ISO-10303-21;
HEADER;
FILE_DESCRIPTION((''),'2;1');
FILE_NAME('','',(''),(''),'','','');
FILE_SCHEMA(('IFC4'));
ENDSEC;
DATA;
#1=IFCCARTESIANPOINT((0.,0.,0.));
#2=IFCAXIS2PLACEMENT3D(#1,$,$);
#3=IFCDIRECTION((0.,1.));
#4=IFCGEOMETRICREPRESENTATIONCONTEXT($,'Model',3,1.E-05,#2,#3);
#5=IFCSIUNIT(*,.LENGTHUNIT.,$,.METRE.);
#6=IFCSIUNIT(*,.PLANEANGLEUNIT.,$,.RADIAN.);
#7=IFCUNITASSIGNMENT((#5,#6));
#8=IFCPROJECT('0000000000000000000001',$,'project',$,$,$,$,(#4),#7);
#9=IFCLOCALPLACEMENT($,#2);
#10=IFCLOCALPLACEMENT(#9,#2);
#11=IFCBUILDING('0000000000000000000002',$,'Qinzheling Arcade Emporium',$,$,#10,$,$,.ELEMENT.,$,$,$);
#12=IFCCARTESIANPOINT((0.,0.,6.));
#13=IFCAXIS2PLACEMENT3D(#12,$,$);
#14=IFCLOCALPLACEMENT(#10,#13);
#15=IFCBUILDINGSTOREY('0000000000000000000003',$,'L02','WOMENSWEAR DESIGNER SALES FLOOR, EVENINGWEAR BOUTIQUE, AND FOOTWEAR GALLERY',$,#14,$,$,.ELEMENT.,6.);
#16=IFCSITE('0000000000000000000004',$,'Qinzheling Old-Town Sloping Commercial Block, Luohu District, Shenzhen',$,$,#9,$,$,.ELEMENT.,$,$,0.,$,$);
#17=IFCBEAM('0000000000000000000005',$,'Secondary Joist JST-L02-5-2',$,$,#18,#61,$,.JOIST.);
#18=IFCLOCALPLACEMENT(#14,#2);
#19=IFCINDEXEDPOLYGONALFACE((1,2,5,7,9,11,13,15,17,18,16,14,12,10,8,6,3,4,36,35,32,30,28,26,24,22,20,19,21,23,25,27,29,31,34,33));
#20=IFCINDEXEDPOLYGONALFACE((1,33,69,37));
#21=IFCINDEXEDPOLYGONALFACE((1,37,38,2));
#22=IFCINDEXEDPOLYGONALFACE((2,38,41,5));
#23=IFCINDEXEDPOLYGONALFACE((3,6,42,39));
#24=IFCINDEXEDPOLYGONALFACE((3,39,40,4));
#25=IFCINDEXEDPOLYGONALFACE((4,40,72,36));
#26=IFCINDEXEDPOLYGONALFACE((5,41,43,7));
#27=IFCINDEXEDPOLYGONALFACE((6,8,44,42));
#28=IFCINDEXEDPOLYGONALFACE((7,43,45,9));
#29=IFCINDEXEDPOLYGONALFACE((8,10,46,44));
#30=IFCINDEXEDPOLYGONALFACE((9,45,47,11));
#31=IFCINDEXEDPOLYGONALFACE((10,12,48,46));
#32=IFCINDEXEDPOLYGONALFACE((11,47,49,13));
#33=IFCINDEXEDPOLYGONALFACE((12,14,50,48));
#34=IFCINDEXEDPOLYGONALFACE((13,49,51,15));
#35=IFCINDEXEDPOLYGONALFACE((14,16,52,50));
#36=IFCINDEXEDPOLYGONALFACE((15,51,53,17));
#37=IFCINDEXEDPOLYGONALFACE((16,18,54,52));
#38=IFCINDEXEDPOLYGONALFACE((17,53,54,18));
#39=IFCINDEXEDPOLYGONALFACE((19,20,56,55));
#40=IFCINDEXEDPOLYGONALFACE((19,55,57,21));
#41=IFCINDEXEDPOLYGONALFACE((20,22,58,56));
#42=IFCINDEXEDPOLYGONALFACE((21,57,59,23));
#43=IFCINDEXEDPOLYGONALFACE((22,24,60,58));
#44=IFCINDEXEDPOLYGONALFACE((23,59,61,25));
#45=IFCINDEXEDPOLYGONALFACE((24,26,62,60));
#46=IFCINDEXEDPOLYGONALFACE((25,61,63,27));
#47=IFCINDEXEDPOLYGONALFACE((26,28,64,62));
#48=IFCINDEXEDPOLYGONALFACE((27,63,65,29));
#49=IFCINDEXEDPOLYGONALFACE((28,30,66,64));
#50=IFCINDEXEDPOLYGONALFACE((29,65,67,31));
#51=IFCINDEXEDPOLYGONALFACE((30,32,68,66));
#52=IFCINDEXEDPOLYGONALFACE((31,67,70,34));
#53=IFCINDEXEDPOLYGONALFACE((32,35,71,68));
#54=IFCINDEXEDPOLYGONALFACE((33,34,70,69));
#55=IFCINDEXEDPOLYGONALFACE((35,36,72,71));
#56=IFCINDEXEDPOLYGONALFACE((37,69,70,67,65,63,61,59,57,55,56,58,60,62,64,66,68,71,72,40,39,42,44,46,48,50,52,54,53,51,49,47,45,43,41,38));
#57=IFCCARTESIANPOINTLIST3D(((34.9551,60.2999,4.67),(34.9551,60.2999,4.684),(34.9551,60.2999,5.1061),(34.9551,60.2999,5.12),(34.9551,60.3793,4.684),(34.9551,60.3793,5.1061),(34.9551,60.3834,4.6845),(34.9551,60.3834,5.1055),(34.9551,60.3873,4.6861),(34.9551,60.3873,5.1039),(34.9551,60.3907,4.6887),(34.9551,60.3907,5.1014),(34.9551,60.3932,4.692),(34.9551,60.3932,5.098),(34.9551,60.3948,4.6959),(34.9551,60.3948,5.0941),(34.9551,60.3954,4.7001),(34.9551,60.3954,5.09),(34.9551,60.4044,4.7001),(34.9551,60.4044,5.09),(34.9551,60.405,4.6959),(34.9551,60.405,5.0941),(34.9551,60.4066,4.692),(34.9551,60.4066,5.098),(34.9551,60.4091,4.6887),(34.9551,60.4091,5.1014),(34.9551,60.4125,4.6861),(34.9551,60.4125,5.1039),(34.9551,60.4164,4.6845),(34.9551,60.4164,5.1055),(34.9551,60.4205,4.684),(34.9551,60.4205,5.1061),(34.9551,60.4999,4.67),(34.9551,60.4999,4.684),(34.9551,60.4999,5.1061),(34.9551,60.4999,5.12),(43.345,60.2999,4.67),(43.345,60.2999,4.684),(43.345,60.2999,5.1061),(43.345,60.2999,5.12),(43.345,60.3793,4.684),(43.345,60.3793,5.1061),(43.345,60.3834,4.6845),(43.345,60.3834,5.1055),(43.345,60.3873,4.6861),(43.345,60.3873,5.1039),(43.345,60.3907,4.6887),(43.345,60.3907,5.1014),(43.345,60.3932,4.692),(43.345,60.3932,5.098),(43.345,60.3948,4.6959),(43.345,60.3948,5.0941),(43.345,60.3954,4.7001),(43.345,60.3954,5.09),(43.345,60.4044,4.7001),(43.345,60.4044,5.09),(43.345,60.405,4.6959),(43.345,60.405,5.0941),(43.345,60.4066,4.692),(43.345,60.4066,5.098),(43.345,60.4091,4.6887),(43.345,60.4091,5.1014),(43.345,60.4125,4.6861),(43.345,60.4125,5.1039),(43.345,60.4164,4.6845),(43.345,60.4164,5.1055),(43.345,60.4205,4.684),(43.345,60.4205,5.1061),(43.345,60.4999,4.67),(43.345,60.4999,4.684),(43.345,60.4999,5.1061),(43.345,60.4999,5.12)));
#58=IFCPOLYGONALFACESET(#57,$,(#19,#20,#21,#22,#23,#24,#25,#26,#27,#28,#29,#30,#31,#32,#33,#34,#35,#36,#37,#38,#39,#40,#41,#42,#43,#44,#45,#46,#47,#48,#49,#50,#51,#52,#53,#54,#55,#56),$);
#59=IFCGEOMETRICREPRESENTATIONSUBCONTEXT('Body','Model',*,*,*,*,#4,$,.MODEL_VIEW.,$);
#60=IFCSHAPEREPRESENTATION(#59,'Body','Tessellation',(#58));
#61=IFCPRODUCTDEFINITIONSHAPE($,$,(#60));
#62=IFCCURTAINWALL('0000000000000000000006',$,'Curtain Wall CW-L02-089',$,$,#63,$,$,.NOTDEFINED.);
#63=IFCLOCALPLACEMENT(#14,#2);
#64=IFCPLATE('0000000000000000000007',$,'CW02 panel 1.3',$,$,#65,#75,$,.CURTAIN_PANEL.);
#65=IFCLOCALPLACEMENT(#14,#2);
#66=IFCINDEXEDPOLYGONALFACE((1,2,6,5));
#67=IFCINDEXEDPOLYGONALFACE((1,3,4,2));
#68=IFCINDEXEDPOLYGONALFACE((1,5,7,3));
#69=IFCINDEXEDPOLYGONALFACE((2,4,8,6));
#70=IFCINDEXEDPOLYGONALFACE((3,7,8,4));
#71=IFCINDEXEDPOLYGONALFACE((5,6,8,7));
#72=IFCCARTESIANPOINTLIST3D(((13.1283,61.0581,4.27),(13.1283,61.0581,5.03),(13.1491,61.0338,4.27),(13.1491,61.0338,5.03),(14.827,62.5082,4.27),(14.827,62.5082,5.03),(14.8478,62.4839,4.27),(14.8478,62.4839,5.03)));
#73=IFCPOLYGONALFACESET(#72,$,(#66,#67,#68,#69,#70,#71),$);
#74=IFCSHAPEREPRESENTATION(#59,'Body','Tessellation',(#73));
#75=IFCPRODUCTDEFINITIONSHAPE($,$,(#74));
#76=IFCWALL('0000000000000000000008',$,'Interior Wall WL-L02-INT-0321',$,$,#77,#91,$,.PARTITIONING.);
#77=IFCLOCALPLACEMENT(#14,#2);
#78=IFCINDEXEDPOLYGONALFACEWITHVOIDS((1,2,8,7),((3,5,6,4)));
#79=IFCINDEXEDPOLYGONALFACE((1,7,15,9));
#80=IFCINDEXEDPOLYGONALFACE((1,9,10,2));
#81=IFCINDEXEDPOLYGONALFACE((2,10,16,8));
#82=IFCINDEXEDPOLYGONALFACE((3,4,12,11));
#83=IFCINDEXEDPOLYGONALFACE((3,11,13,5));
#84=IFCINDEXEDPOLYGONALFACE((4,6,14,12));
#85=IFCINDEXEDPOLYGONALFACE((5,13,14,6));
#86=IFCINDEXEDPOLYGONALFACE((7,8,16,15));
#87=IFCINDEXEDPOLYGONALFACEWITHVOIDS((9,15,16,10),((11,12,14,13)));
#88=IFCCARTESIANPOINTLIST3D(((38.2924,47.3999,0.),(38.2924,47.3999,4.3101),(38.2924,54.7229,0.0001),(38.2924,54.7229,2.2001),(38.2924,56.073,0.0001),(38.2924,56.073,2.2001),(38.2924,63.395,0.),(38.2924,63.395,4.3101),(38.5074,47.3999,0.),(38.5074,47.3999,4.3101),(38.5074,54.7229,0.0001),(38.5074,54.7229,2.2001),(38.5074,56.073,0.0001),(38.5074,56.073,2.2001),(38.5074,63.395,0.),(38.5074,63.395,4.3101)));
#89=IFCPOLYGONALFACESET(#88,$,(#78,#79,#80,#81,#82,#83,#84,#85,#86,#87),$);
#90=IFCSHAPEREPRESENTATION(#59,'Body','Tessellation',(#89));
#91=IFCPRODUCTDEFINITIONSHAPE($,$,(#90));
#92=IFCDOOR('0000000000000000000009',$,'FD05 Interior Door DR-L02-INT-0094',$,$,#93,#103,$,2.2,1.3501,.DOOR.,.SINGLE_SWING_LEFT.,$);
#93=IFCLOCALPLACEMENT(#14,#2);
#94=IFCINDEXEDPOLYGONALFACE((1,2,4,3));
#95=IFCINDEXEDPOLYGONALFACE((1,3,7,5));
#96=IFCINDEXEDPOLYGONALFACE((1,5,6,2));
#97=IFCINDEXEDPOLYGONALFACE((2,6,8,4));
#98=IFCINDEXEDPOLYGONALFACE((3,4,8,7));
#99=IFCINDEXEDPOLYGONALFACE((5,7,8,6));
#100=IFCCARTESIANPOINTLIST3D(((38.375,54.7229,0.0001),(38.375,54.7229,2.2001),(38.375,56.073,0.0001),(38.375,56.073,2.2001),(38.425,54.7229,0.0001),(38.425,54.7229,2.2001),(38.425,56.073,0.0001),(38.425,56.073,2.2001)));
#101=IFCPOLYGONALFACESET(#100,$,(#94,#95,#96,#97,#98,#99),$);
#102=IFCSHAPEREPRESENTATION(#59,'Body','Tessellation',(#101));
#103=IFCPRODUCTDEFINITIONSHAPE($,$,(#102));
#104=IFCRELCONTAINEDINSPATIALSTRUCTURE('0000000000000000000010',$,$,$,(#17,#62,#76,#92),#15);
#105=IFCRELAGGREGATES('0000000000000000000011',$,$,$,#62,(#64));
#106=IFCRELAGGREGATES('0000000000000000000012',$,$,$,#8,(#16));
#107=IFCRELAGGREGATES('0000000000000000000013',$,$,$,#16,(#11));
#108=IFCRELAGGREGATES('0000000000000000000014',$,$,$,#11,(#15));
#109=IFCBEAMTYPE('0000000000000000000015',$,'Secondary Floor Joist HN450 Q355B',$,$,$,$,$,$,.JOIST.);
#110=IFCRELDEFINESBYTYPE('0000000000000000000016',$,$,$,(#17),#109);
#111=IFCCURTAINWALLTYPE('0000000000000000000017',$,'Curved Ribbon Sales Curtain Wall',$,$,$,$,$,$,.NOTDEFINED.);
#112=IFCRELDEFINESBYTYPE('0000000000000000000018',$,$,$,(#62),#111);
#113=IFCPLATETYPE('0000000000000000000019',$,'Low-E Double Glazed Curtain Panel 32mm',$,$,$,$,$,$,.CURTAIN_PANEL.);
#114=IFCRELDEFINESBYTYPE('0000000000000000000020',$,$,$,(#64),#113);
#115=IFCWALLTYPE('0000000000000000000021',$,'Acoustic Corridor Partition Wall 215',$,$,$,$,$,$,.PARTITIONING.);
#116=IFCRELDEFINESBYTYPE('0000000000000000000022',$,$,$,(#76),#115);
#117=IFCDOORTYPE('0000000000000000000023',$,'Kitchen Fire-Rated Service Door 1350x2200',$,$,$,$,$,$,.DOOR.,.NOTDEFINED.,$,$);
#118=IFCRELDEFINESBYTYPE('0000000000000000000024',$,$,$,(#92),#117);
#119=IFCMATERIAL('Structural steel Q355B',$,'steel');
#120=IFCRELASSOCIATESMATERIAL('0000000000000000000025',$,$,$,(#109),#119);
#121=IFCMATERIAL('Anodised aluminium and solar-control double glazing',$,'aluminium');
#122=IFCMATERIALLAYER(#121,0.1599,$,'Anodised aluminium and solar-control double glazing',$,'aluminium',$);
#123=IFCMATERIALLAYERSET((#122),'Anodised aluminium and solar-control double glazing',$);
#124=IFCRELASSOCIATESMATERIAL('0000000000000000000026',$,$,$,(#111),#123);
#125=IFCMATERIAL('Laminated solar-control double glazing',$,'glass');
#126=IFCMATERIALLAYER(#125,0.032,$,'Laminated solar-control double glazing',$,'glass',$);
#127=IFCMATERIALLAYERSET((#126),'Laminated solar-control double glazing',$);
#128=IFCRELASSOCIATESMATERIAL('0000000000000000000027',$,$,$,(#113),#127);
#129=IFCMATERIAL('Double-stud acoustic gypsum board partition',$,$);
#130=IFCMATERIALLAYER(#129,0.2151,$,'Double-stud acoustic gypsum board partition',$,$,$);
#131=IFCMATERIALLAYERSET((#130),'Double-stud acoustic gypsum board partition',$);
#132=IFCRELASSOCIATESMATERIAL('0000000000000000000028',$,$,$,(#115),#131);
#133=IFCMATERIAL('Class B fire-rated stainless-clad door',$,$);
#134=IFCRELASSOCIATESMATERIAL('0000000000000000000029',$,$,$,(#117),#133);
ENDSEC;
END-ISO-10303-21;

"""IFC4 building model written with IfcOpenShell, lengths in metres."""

from ifc_helpers import new_model, si_unit, direction, frame, frame_2d, origin, origin_2d, place, context, subcontext, project, spatial, rectangle, i_section, extrude, material, layer, layer_set, material_profile, profile_set, type_object, element, fill, aggregate, save


model = new_model("IFC4")

# Units and contexts
model_context = context("Model", 3, precision=1e-05, world=origin(), true_north=direction((0.0, 1.0)))
body_context = subcontext(model_context, "Body", "Model", "MODEL_VIEW")
ifc_project = project(units=[si_unit("LENGTHUNIT", "METRE"), si_unit("PLANEANGLEUNIT", "RADIAN")], contexts=[model_context])

# Site, building, storey
site_placement = place(None, origin())
site = spatial("IfcSite", under=ifc_project, at=site_placement, Name="Qinzheling Old-Town Sloping Commercial Block, Luohu District, Shenzhen", CompositionType="ELEMENT", RefElevation=0.0)
building_placement = place(site_placement, origin())
building = spatial("IfcBuilding", under=site, at=building_placement, Name="Qinzheling Arcade Emporium", CompositionType="ELEMENT")
storey_placement = place(building_placement, frame((0.0, 0.0, 6.0)))
storey = spatial("IfcBuildingStorey", under=building, at=storey_placement, Name="L02", Description="WOMENSWEAR DESIGNER SALES FLOOR, EVENINGWEAR BOUTIQUE, AND FOOTWEAR GALLERY", CompositionType="ELEMENT", Elevation=6.0)

# Beam
ifc_material_1 = material(Name="Structural steel Q355B", Category="steel")
ifc_material_profile_1 = material_profile(ifc_material_1, i_section(OverallWidth=0.2, OverallDepth=0.45, WebThickness=0.009, FlangeThickness=0.0139, FilletRadius=0.0161, at=origin_2d()), Name="HN 450x200x9x14", Category="steel")
ifc_profile_set_1 = profile_set([ifc_material_profile_1], Name="Structural steel Q355B")
beam_type_1 = type_object("IfcBeamType", Name="Secondary Floor Joist HN450 Q355B", PredefinedType="JOIST", material=ifc_profile_set_1)
beam_1_placement = place(storey_placement, frame((34.9551, 60.3999, 4.895), z_axis=(1.0, 0.0, 0.0), x_axis=(0.0, 1.0, 0.0)))
element("IfcBeam", 1, at=beam_1_placement, inside=storey, type_object=beam_type_1, Name="Secondary Joist JST-L02-5-2", PredefinedType="JOIST", context=body_context, shape_type="SweptSolid", body=[
    extrude(i_section(OverallWidth=0.2, OverallDepth=0.45, WebThickness=0.009, FlangeThickness=0.0139, FilletRadius=0.0161, at=origin_2d()), origin(), (0.0, 0.0, 1.0), 8.3899),
])

# Curtain wall, plate
ifc_material_2 = material(Name="Anodised aluminium and solar-control double glazing", Category="aluminium")
ifc_layer_1 = layer(ifc_material_2, 0.1599, Name="Anodised aluminium and solar-control double glazing", Category="aluminium")
ifc_layer_set_1 = layer_set([ifc_layer_1], Name="Anodised aluminium and solar-control double glazing")
curtain_wall_type = type_object("IfcCurtainWallType", Name="Curved Ribbon Sales Curtain Wall", PredefinedType="NOTDEFINED", material=ifc_layer_set_1)
curtain_wall_placement = place(storey_placement, origin())
curtain_wall = element("IfcCurtainWall", 2, at=curtain_wall_placement, inside=storey, type_object=curtain_wall_type, Name="Curtain Wall CW-L02-089", PredefinedType="NOTDEFINED")
ifc_material_3 = material(Name="Laminated solar-control double glazing", Category="glass")
ifc_layer_2 = layer(ifc_material_3, 0.032, Name="Laminated solar-control double glazing", Category="glass")
ifc_layer_set_2 = layer_set([ifc_layer_2], Name="Laminated solar-control double glazing")
plate_type = type_object("IfcPlateType", Name="Low-E Double Glazed Curtain Panel 32mm", PredefinedType="CURTAIN_PANEL", material=ifc_layer_set_2)
plate_placement = place(storey_placement, frame((13.988, 61.771, 4.27), z_axis=(0.0, 0.0, 1.0), x_axis=(0.760575, 0.64925, 0.0)))
plate = element("IfcPlate", 3, at=plate_placement, type_object=plate_type, Name="CW02 panel 1.3", PredefinedType="CURTAIN_PANEL", context=body_context, shape_type="SweptSolid", body=[
    extrude(rectangle(XDim=2.2334, YDim=0.032, at=origin_2d()), origin(), (0.0, 0.0, 1.0), 0.76),
])
aggregate(curtain_wall, [plate])

# Wall, opening, door
ifc_material_4 = material(Name="Double-stud acoustic gypsum board partition")
ifc_layer_3 = layer(ifc_material_4, 0.2151, Name="Double-stud acoustic gypsum board partition")
ifc_layer_set_3 = layer_set([ifc_layer_3], Name="Double-stud acoustic gypsum board partition")
wall_type = type_object("IfcWallType", Name="Acoustic Corridor Partition Wall 215", PredefinedType="PARTITIONING", material=ifc_layer_set_3)
wall_placement = place(storey_placement, frame((38.3999, 47.3999, 0.0), z_axis=(0.0, 0.0, 1.0), x_axis=(0.0, 1.0, 0.0)))
wall = element("IfcWall", 4, at=wall_placement, inside=storey, type_object=wall_type, Name="Interior Wall WL-L02-INT-0321", PredefinedType="PARTITIONING", context=body_context, shape_type="SweptSolid", body=[
    extrude(rectangle(XDim=15.9951, YDim=0.2151, at=frame_2d((7.9976, 0.0))), origin(), (0.0, 0.0, 1.0), 4.3101),
])
opening_placement = place(wall_placement, frame((7.323, 0.0, 0.0)))
opening = element("IfcOpeningElement", 5, at=opening_placement, cuts=wall, PredefinedType="OPENING", context=body_context, shape_type="SweptSolid", body=[
    extrude(rectangle(XDim=1.3501, YDim=2.2, at=frame_2d((0.675, 1.1001))), frame((0.0, 0.1177, 0.0), z_axis=(0.0, -1.0, 0.0), x_axis=(1.0, 0.0, 0.0)), (0.0, 0.0, 1.0), 0.2351),
])
ifc_material_5 = material(Name="Class B fire-rated stainless-clad door")
door_type = type_object("IfcDoorType", Name="Kitchen Fire-Rated Service Door 1350x2200", OperationType="NOTDEFINED", PredefinedType="DOOR", material=ifc_material_5)
door_placement = place(opening_placement, origin())
door = element("IfcDoor", 6, at=door_placement, inside=storey, type_object=door_type, Name="FD05 Interior Door DR-L02-INT-0094", OperationType="SINGLE_SWING_LEFT", OverallHeight=2.2, OverallWidth=1.3501, PredefinedType="DOOR", context=body_context, shape_type="SweptSolid", body=[
    extrude(rectangle(XDim=1.3501, YDim=2.2, at=frame_2d((0.675, 1.1001))), frame((0.0, 0.0249, 0.0), z_axis=(0.0, -1.0, 0.0), x_axis=(1.0, 0.0, 0.0)), (0.0, 0.0, 1.0), 0.05),
])
fill(opening, door)

save(model, "model.ifc")
